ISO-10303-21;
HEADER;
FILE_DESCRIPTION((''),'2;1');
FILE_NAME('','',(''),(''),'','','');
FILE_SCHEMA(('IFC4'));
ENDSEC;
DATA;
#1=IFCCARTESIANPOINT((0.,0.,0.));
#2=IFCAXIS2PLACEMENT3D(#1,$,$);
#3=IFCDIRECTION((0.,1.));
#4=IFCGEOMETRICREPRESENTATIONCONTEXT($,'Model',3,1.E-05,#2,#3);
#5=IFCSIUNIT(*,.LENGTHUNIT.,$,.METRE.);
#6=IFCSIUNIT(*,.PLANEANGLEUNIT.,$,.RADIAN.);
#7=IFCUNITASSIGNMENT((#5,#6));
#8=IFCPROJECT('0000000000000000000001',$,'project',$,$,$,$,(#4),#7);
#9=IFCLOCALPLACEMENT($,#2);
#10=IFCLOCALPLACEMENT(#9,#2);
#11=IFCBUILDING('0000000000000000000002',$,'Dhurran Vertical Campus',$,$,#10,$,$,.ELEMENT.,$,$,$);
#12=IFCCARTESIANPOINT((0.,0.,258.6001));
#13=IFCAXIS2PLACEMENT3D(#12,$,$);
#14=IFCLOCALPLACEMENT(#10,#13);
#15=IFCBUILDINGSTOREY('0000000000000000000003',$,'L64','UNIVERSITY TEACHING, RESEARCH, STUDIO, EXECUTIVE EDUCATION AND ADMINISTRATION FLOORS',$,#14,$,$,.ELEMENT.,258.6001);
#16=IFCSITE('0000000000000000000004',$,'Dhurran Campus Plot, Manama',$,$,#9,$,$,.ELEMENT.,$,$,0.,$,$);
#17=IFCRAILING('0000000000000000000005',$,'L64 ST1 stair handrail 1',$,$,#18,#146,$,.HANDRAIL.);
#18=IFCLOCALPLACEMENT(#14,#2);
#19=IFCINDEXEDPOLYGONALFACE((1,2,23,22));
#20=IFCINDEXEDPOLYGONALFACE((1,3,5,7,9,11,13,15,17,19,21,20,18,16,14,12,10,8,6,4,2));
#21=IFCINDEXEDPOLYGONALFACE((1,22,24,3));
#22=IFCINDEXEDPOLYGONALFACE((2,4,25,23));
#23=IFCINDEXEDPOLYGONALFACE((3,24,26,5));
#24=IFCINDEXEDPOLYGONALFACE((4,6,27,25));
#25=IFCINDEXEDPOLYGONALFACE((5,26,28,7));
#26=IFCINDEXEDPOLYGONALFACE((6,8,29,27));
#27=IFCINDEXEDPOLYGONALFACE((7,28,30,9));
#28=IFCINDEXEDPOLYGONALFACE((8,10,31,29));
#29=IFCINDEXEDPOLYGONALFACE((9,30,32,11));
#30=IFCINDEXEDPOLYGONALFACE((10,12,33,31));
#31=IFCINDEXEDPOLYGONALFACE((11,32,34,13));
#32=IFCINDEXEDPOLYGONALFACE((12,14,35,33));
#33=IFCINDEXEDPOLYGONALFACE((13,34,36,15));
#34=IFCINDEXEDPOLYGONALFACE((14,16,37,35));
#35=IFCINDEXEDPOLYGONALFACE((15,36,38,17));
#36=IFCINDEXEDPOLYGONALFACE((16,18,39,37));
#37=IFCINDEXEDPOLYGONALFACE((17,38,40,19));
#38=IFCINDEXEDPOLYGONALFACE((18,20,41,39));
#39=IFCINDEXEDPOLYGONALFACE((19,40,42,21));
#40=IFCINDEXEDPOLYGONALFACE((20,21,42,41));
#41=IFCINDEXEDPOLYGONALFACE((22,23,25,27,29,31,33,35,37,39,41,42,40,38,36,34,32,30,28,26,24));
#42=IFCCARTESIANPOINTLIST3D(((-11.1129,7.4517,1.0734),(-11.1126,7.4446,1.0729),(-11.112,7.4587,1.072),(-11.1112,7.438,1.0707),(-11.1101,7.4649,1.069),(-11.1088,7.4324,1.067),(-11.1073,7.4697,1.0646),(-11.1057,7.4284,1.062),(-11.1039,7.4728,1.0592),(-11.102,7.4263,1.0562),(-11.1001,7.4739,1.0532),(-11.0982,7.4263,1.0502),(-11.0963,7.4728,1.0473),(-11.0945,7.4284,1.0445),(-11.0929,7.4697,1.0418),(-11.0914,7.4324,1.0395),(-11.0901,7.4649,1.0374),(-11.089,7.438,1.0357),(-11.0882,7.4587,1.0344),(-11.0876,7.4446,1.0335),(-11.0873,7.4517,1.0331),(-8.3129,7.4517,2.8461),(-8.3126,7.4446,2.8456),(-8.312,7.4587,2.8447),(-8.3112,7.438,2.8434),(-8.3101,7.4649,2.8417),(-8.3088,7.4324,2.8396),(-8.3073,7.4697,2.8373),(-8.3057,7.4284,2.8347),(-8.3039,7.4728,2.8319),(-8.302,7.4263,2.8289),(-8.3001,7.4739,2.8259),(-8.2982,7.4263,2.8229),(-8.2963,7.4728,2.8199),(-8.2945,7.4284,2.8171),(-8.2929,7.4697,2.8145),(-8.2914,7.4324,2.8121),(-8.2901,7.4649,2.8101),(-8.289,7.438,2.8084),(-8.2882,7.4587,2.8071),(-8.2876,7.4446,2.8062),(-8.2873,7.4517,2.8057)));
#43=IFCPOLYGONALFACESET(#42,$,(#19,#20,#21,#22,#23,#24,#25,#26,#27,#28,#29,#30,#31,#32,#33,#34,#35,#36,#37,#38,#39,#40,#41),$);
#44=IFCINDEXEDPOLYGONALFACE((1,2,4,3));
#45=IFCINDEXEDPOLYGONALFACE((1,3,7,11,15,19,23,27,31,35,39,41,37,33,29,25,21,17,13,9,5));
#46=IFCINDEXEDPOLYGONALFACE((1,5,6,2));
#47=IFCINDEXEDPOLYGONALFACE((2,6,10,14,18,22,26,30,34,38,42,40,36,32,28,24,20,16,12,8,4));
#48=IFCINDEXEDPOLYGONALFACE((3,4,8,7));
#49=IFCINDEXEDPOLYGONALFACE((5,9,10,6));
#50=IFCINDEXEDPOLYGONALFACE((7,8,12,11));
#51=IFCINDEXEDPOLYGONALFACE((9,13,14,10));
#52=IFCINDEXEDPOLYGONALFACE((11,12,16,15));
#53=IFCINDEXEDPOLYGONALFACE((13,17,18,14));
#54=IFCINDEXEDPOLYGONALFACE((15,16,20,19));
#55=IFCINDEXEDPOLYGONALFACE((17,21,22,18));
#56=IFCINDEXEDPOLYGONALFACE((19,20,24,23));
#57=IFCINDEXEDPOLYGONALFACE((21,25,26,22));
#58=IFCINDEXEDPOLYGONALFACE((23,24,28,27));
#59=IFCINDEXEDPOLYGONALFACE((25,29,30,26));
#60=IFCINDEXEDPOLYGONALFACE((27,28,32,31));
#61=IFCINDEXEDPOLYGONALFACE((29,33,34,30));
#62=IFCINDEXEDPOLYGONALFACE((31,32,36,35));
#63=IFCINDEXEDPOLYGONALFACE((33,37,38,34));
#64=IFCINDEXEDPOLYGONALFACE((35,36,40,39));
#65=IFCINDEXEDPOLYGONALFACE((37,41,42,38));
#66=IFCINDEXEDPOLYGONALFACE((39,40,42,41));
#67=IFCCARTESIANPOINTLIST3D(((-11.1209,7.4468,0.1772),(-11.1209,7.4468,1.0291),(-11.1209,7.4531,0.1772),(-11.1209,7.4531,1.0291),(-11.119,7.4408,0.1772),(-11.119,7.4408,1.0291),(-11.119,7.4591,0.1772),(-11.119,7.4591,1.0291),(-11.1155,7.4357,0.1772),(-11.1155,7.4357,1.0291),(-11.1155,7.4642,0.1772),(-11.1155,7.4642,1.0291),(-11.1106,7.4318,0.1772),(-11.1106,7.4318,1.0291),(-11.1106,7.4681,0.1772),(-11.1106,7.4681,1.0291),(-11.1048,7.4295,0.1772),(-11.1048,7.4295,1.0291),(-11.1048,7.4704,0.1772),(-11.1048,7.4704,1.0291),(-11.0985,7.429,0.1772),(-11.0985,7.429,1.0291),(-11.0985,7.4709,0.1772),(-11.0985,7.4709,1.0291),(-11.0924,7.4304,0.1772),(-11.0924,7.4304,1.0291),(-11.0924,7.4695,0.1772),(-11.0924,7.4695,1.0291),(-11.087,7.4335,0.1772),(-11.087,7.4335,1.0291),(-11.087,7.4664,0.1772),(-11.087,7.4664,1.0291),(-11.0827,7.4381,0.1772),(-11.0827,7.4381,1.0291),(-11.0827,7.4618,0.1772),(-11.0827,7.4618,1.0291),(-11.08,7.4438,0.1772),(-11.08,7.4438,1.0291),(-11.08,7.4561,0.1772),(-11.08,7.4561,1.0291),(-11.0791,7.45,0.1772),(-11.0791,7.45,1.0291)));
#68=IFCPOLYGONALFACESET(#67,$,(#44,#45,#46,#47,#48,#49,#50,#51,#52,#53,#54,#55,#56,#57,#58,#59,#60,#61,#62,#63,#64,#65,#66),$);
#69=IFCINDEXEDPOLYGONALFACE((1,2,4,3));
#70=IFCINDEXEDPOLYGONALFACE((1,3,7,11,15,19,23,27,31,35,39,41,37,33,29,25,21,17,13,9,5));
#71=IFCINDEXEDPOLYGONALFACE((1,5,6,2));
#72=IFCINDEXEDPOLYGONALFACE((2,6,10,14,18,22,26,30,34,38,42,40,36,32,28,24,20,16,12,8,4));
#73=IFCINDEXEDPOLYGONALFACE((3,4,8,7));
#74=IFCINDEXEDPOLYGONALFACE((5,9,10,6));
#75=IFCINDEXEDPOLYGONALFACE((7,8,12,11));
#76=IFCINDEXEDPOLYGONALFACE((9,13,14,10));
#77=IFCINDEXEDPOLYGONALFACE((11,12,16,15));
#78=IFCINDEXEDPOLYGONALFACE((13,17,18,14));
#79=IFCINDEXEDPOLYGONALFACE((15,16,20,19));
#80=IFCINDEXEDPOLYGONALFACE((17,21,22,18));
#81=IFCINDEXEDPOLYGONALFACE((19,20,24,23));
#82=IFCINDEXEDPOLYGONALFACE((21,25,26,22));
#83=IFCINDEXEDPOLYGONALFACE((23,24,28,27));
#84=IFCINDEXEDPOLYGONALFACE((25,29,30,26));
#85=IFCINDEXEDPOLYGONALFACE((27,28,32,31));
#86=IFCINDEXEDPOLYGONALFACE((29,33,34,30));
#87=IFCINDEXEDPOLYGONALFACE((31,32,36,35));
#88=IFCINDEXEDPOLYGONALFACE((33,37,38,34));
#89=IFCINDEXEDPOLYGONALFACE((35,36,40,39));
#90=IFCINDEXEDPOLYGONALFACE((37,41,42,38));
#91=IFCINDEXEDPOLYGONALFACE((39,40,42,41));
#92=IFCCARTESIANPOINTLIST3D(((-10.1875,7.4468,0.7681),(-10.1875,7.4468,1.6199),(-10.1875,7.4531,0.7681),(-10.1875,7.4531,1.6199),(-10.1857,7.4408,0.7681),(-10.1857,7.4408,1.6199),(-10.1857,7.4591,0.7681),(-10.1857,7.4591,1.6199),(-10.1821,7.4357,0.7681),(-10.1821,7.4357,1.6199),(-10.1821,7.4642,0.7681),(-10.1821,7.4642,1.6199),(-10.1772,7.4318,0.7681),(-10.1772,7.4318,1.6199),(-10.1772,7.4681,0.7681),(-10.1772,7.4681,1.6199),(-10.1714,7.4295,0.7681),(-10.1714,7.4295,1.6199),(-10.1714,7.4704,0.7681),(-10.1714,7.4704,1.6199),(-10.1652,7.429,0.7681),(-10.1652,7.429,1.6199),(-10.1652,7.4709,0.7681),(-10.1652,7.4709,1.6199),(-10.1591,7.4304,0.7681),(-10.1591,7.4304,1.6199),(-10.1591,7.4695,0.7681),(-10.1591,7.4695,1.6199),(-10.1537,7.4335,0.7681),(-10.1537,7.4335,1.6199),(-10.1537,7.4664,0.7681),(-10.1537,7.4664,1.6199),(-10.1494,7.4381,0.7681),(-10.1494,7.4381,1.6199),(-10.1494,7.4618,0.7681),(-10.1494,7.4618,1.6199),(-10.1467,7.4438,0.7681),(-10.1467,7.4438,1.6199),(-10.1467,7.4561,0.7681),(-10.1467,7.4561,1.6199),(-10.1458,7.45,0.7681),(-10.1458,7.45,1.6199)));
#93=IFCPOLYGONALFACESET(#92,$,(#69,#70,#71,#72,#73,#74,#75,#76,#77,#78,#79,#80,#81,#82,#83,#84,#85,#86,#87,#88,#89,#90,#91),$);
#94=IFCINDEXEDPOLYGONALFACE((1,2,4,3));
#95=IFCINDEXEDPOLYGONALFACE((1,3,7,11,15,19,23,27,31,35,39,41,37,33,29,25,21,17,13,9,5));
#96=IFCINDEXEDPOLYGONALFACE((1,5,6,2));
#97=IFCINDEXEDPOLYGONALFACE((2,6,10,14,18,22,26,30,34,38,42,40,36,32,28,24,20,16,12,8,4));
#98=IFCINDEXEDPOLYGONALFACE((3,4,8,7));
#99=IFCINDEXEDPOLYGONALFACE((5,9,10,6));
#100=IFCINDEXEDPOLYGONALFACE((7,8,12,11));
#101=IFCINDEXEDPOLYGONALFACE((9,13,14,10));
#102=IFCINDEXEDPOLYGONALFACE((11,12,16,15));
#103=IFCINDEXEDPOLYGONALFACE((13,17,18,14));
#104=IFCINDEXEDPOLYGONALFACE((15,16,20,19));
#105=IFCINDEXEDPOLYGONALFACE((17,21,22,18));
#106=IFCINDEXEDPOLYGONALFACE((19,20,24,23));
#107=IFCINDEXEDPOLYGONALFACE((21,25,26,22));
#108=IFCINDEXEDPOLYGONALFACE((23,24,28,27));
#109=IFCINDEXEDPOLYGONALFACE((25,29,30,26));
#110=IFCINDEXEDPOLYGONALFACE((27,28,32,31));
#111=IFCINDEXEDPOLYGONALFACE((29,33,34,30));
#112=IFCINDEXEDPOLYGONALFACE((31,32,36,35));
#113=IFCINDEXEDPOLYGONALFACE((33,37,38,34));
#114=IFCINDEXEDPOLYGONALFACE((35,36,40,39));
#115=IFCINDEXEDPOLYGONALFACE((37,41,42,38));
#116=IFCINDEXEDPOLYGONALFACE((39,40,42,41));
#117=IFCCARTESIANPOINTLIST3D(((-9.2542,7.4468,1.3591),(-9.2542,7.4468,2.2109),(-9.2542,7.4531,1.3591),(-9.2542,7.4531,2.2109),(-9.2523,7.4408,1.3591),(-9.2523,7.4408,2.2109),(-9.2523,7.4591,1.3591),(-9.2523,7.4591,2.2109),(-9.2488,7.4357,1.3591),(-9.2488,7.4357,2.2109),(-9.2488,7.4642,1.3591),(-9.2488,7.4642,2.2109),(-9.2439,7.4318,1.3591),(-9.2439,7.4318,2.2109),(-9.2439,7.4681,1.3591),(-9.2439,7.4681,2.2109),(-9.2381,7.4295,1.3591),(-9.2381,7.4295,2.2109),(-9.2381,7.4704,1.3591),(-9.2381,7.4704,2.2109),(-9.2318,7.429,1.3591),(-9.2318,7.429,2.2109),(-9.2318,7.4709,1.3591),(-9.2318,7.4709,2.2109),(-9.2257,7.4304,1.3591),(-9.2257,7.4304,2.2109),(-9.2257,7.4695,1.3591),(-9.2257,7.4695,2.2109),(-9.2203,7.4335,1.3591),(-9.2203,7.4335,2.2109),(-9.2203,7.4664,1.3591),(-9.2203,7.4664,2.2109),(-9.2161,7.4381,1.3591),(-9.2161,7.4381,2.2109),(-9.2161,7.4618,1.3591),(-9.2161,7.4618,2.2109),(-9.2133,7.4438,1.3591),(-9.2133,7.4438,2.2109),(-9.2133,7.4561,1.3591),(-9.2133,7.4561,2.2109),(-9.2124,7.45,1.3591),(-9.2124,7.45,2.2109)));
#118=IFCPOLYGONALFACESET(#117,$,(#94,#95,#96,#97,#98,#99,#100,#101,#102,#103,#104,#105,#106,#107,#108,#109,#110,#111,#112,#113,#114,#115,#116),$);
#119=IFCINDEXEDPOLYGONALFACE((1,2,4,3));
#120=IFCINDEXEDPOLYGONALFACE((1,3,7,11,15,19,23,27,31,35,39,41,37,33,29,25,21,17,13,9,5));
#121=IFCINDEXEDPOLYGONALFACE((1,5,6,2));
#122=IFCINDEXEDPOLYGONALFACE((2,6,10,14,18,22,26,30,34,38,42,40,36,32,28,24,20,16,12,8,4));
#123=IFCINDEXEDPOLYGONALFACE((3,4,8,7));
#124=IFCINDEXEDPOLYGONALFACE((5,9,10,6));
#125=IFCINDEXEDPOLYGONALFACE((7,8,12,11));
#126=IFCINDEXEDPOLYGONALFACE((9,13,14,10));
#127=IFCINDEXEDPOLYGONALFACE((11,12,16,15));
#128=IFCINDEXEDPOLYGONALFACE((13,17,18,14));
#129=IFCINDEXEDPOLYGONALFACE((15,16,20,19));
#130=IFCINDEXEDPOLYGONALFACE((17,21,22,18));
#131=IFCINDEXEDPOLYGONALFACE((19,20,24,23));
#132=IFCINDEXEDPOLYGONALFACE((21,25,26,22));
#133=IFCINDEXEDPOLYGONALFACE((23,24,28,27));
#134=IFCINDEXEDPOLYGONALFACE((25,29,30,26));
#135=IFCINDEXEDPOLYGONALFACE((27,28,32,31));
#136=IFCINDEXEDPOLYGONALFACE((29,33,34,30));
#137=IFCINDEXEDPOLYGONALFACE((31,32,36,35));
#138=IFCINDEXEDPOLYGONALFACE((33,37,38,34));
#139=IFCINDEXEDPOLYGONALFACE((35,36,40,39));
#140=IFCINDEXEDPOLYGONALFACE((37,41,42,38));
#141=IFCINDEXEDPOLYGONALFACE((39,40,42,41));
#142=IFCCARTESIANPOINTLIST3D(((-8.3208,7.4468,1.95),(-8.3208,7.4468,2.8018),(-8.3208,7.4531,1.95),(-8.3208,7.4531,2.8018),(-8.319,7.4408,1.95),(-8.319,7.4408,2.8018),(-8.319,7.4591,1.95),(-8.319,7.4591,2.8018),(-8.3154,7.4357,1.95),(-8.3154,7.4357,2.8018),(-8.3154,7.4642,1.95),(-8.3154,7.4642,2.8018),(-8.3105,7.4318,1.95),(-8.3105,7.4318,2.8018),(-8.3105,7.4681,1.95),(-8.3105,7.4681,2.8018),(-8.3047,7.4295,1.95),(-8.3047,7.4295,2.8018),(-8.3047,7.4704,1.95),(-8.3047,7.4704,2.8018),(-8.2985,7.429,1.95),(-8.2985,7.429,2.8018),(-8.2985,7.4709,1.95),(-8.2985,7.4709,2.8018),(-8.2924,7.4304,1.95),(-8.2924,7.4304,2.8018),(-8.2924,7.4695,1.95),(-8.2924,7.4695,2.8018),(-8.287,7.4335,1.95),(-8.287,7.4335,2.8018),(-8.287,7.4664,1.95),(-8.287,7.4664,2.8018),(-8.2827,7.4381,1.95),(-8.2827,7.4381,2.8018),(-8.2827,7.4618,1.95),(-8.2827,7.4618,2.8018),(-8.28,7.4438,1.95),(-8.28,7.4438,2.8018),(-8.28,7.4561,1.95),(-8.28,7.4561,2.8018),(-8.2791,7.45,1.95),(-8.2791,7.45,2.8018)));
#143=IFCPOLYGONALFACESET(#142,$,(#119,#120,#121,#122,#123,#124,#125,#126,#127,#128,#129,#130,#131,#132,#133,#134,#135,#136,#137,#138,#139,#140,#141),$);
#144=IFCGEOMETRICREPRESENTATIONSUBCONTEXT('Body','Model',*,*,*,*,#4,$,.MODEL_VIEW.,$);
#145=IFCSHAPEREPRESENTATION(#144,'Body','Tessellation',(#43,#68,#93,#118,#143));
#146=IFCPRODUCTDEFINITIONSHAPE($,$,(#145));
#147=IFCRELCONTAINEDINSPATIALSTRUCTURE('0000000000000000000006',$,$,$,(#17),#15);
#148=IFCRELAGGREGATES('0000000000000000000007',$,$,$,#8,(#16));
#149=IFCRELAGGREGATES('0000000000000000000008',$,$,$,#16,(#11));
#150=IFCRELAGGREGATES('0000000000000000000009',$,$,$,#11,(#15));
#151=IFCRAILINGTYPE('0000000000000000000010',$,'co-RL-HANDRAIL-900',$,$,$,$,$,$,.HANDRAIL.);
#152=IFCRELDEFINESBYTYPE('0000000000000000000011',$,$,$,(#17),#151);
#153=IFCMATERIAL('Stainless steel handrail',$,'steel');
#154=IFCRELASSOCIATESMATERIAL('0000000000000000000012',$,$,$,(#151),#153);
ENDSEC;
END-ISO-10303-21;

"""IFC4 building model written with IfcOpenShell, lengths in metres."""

from ifc_helpers import new_model, si_unit, direction, frame, origin, origin_2d, place, context, subcontext, project, spatial, circle, extrude, material, type_object, element, save


model = new_model("IFC4")

# Units and contexts
model_context = context("Model", 3, precision=1e-05, world=origin(), true_north=direction((0.0, 1.0)))
body_context = subcontext(model_context, "Body", "Model", "MODEL_VIEW")
ifc_project = project(units=[si_unit("LENGTHUNIT", "METRE"), si_unit("PLANEANGLEUNIT", "RADIAN")], contexts=[model_context])

# Site, building, storey
site_placement = place(None, origin())
site = spatial("IfcSite", under=ifc_project, at=site_placement, Name="Dhurran Campus Plot, Manama", CompositionType="ELEMENT", RefElevation=0.0)
building_placement = place(site_placement, origin())
building = spatial("IfcBuilding", under=site, at=building_placement, Name="Dhurran Vertical Campus", CompositionType="ELEMENT")
storey_placement = place(building_placement, frame((0.0, 0.0, 258.6001)))
storey = spatial("IfcBuildingStorey", under=building, at=storey_placement, Name="L64", Description="UNIVERSITY TEACHING, RESEARCH, STUDIO, EXECUTIVE EDUCATION AND ADMINISTRATION FLOORS", CompositionType="ELEMENT", Elevation=258.6001)

# Railing
ifc_material_1 = material(Name="Stainless steel handrail", Category="steel")
railing_type_1 = type_object("IfcRailingType", Name="co-RL-HANDRAIL-900", PredefinedType="HANDRAIL", material=ifc_material_1)
railing_1_placement = place(storey_placement, frame((-11.1001, 7.45, 0.1772)))
element("IfcRailing", 1, at=railing_1_placement, inside=storey, type_object=railing_type_1, Name="L64 ST1 stair handrail 1", PredefinedType="HANDRAIL", context=body_context, shape_type="SweptSolid", body=[
    extrude(circle(Radius=0.0239, at=origin_2d()), frame((0.0, 0.0, 0.876), z_axis=(0.844909, 0.0, 0.53491), x_axis=(0.0, 1.0, 0.0)), (0.0, 0.0, 1.0), 3.314),
    extrude(circle(Radius=0.021, at=origin_2d()), origin(), (0.0, 0.0, 1.0), 0.8518),
    extrude(circle(Radius=0.021, at=origin_2d()), frame((0.9333, 0.0, 0.5908)), (0.0, 0.0, 1.0), 0.8518),
    extrude(circle(Radius=0.021, at=origin_2d()), frame((1.8667, 0.0, 1.1819)), (0.0, 0.0, 1.0), 0.8518),
    extrude(circle(Radius=0.021, at=origin_2d()), frame((2.8, 0.0, 1.7727)), (0.0, 0.0, 1.0), 0.8518),
])

save(model, "model.ifc")
